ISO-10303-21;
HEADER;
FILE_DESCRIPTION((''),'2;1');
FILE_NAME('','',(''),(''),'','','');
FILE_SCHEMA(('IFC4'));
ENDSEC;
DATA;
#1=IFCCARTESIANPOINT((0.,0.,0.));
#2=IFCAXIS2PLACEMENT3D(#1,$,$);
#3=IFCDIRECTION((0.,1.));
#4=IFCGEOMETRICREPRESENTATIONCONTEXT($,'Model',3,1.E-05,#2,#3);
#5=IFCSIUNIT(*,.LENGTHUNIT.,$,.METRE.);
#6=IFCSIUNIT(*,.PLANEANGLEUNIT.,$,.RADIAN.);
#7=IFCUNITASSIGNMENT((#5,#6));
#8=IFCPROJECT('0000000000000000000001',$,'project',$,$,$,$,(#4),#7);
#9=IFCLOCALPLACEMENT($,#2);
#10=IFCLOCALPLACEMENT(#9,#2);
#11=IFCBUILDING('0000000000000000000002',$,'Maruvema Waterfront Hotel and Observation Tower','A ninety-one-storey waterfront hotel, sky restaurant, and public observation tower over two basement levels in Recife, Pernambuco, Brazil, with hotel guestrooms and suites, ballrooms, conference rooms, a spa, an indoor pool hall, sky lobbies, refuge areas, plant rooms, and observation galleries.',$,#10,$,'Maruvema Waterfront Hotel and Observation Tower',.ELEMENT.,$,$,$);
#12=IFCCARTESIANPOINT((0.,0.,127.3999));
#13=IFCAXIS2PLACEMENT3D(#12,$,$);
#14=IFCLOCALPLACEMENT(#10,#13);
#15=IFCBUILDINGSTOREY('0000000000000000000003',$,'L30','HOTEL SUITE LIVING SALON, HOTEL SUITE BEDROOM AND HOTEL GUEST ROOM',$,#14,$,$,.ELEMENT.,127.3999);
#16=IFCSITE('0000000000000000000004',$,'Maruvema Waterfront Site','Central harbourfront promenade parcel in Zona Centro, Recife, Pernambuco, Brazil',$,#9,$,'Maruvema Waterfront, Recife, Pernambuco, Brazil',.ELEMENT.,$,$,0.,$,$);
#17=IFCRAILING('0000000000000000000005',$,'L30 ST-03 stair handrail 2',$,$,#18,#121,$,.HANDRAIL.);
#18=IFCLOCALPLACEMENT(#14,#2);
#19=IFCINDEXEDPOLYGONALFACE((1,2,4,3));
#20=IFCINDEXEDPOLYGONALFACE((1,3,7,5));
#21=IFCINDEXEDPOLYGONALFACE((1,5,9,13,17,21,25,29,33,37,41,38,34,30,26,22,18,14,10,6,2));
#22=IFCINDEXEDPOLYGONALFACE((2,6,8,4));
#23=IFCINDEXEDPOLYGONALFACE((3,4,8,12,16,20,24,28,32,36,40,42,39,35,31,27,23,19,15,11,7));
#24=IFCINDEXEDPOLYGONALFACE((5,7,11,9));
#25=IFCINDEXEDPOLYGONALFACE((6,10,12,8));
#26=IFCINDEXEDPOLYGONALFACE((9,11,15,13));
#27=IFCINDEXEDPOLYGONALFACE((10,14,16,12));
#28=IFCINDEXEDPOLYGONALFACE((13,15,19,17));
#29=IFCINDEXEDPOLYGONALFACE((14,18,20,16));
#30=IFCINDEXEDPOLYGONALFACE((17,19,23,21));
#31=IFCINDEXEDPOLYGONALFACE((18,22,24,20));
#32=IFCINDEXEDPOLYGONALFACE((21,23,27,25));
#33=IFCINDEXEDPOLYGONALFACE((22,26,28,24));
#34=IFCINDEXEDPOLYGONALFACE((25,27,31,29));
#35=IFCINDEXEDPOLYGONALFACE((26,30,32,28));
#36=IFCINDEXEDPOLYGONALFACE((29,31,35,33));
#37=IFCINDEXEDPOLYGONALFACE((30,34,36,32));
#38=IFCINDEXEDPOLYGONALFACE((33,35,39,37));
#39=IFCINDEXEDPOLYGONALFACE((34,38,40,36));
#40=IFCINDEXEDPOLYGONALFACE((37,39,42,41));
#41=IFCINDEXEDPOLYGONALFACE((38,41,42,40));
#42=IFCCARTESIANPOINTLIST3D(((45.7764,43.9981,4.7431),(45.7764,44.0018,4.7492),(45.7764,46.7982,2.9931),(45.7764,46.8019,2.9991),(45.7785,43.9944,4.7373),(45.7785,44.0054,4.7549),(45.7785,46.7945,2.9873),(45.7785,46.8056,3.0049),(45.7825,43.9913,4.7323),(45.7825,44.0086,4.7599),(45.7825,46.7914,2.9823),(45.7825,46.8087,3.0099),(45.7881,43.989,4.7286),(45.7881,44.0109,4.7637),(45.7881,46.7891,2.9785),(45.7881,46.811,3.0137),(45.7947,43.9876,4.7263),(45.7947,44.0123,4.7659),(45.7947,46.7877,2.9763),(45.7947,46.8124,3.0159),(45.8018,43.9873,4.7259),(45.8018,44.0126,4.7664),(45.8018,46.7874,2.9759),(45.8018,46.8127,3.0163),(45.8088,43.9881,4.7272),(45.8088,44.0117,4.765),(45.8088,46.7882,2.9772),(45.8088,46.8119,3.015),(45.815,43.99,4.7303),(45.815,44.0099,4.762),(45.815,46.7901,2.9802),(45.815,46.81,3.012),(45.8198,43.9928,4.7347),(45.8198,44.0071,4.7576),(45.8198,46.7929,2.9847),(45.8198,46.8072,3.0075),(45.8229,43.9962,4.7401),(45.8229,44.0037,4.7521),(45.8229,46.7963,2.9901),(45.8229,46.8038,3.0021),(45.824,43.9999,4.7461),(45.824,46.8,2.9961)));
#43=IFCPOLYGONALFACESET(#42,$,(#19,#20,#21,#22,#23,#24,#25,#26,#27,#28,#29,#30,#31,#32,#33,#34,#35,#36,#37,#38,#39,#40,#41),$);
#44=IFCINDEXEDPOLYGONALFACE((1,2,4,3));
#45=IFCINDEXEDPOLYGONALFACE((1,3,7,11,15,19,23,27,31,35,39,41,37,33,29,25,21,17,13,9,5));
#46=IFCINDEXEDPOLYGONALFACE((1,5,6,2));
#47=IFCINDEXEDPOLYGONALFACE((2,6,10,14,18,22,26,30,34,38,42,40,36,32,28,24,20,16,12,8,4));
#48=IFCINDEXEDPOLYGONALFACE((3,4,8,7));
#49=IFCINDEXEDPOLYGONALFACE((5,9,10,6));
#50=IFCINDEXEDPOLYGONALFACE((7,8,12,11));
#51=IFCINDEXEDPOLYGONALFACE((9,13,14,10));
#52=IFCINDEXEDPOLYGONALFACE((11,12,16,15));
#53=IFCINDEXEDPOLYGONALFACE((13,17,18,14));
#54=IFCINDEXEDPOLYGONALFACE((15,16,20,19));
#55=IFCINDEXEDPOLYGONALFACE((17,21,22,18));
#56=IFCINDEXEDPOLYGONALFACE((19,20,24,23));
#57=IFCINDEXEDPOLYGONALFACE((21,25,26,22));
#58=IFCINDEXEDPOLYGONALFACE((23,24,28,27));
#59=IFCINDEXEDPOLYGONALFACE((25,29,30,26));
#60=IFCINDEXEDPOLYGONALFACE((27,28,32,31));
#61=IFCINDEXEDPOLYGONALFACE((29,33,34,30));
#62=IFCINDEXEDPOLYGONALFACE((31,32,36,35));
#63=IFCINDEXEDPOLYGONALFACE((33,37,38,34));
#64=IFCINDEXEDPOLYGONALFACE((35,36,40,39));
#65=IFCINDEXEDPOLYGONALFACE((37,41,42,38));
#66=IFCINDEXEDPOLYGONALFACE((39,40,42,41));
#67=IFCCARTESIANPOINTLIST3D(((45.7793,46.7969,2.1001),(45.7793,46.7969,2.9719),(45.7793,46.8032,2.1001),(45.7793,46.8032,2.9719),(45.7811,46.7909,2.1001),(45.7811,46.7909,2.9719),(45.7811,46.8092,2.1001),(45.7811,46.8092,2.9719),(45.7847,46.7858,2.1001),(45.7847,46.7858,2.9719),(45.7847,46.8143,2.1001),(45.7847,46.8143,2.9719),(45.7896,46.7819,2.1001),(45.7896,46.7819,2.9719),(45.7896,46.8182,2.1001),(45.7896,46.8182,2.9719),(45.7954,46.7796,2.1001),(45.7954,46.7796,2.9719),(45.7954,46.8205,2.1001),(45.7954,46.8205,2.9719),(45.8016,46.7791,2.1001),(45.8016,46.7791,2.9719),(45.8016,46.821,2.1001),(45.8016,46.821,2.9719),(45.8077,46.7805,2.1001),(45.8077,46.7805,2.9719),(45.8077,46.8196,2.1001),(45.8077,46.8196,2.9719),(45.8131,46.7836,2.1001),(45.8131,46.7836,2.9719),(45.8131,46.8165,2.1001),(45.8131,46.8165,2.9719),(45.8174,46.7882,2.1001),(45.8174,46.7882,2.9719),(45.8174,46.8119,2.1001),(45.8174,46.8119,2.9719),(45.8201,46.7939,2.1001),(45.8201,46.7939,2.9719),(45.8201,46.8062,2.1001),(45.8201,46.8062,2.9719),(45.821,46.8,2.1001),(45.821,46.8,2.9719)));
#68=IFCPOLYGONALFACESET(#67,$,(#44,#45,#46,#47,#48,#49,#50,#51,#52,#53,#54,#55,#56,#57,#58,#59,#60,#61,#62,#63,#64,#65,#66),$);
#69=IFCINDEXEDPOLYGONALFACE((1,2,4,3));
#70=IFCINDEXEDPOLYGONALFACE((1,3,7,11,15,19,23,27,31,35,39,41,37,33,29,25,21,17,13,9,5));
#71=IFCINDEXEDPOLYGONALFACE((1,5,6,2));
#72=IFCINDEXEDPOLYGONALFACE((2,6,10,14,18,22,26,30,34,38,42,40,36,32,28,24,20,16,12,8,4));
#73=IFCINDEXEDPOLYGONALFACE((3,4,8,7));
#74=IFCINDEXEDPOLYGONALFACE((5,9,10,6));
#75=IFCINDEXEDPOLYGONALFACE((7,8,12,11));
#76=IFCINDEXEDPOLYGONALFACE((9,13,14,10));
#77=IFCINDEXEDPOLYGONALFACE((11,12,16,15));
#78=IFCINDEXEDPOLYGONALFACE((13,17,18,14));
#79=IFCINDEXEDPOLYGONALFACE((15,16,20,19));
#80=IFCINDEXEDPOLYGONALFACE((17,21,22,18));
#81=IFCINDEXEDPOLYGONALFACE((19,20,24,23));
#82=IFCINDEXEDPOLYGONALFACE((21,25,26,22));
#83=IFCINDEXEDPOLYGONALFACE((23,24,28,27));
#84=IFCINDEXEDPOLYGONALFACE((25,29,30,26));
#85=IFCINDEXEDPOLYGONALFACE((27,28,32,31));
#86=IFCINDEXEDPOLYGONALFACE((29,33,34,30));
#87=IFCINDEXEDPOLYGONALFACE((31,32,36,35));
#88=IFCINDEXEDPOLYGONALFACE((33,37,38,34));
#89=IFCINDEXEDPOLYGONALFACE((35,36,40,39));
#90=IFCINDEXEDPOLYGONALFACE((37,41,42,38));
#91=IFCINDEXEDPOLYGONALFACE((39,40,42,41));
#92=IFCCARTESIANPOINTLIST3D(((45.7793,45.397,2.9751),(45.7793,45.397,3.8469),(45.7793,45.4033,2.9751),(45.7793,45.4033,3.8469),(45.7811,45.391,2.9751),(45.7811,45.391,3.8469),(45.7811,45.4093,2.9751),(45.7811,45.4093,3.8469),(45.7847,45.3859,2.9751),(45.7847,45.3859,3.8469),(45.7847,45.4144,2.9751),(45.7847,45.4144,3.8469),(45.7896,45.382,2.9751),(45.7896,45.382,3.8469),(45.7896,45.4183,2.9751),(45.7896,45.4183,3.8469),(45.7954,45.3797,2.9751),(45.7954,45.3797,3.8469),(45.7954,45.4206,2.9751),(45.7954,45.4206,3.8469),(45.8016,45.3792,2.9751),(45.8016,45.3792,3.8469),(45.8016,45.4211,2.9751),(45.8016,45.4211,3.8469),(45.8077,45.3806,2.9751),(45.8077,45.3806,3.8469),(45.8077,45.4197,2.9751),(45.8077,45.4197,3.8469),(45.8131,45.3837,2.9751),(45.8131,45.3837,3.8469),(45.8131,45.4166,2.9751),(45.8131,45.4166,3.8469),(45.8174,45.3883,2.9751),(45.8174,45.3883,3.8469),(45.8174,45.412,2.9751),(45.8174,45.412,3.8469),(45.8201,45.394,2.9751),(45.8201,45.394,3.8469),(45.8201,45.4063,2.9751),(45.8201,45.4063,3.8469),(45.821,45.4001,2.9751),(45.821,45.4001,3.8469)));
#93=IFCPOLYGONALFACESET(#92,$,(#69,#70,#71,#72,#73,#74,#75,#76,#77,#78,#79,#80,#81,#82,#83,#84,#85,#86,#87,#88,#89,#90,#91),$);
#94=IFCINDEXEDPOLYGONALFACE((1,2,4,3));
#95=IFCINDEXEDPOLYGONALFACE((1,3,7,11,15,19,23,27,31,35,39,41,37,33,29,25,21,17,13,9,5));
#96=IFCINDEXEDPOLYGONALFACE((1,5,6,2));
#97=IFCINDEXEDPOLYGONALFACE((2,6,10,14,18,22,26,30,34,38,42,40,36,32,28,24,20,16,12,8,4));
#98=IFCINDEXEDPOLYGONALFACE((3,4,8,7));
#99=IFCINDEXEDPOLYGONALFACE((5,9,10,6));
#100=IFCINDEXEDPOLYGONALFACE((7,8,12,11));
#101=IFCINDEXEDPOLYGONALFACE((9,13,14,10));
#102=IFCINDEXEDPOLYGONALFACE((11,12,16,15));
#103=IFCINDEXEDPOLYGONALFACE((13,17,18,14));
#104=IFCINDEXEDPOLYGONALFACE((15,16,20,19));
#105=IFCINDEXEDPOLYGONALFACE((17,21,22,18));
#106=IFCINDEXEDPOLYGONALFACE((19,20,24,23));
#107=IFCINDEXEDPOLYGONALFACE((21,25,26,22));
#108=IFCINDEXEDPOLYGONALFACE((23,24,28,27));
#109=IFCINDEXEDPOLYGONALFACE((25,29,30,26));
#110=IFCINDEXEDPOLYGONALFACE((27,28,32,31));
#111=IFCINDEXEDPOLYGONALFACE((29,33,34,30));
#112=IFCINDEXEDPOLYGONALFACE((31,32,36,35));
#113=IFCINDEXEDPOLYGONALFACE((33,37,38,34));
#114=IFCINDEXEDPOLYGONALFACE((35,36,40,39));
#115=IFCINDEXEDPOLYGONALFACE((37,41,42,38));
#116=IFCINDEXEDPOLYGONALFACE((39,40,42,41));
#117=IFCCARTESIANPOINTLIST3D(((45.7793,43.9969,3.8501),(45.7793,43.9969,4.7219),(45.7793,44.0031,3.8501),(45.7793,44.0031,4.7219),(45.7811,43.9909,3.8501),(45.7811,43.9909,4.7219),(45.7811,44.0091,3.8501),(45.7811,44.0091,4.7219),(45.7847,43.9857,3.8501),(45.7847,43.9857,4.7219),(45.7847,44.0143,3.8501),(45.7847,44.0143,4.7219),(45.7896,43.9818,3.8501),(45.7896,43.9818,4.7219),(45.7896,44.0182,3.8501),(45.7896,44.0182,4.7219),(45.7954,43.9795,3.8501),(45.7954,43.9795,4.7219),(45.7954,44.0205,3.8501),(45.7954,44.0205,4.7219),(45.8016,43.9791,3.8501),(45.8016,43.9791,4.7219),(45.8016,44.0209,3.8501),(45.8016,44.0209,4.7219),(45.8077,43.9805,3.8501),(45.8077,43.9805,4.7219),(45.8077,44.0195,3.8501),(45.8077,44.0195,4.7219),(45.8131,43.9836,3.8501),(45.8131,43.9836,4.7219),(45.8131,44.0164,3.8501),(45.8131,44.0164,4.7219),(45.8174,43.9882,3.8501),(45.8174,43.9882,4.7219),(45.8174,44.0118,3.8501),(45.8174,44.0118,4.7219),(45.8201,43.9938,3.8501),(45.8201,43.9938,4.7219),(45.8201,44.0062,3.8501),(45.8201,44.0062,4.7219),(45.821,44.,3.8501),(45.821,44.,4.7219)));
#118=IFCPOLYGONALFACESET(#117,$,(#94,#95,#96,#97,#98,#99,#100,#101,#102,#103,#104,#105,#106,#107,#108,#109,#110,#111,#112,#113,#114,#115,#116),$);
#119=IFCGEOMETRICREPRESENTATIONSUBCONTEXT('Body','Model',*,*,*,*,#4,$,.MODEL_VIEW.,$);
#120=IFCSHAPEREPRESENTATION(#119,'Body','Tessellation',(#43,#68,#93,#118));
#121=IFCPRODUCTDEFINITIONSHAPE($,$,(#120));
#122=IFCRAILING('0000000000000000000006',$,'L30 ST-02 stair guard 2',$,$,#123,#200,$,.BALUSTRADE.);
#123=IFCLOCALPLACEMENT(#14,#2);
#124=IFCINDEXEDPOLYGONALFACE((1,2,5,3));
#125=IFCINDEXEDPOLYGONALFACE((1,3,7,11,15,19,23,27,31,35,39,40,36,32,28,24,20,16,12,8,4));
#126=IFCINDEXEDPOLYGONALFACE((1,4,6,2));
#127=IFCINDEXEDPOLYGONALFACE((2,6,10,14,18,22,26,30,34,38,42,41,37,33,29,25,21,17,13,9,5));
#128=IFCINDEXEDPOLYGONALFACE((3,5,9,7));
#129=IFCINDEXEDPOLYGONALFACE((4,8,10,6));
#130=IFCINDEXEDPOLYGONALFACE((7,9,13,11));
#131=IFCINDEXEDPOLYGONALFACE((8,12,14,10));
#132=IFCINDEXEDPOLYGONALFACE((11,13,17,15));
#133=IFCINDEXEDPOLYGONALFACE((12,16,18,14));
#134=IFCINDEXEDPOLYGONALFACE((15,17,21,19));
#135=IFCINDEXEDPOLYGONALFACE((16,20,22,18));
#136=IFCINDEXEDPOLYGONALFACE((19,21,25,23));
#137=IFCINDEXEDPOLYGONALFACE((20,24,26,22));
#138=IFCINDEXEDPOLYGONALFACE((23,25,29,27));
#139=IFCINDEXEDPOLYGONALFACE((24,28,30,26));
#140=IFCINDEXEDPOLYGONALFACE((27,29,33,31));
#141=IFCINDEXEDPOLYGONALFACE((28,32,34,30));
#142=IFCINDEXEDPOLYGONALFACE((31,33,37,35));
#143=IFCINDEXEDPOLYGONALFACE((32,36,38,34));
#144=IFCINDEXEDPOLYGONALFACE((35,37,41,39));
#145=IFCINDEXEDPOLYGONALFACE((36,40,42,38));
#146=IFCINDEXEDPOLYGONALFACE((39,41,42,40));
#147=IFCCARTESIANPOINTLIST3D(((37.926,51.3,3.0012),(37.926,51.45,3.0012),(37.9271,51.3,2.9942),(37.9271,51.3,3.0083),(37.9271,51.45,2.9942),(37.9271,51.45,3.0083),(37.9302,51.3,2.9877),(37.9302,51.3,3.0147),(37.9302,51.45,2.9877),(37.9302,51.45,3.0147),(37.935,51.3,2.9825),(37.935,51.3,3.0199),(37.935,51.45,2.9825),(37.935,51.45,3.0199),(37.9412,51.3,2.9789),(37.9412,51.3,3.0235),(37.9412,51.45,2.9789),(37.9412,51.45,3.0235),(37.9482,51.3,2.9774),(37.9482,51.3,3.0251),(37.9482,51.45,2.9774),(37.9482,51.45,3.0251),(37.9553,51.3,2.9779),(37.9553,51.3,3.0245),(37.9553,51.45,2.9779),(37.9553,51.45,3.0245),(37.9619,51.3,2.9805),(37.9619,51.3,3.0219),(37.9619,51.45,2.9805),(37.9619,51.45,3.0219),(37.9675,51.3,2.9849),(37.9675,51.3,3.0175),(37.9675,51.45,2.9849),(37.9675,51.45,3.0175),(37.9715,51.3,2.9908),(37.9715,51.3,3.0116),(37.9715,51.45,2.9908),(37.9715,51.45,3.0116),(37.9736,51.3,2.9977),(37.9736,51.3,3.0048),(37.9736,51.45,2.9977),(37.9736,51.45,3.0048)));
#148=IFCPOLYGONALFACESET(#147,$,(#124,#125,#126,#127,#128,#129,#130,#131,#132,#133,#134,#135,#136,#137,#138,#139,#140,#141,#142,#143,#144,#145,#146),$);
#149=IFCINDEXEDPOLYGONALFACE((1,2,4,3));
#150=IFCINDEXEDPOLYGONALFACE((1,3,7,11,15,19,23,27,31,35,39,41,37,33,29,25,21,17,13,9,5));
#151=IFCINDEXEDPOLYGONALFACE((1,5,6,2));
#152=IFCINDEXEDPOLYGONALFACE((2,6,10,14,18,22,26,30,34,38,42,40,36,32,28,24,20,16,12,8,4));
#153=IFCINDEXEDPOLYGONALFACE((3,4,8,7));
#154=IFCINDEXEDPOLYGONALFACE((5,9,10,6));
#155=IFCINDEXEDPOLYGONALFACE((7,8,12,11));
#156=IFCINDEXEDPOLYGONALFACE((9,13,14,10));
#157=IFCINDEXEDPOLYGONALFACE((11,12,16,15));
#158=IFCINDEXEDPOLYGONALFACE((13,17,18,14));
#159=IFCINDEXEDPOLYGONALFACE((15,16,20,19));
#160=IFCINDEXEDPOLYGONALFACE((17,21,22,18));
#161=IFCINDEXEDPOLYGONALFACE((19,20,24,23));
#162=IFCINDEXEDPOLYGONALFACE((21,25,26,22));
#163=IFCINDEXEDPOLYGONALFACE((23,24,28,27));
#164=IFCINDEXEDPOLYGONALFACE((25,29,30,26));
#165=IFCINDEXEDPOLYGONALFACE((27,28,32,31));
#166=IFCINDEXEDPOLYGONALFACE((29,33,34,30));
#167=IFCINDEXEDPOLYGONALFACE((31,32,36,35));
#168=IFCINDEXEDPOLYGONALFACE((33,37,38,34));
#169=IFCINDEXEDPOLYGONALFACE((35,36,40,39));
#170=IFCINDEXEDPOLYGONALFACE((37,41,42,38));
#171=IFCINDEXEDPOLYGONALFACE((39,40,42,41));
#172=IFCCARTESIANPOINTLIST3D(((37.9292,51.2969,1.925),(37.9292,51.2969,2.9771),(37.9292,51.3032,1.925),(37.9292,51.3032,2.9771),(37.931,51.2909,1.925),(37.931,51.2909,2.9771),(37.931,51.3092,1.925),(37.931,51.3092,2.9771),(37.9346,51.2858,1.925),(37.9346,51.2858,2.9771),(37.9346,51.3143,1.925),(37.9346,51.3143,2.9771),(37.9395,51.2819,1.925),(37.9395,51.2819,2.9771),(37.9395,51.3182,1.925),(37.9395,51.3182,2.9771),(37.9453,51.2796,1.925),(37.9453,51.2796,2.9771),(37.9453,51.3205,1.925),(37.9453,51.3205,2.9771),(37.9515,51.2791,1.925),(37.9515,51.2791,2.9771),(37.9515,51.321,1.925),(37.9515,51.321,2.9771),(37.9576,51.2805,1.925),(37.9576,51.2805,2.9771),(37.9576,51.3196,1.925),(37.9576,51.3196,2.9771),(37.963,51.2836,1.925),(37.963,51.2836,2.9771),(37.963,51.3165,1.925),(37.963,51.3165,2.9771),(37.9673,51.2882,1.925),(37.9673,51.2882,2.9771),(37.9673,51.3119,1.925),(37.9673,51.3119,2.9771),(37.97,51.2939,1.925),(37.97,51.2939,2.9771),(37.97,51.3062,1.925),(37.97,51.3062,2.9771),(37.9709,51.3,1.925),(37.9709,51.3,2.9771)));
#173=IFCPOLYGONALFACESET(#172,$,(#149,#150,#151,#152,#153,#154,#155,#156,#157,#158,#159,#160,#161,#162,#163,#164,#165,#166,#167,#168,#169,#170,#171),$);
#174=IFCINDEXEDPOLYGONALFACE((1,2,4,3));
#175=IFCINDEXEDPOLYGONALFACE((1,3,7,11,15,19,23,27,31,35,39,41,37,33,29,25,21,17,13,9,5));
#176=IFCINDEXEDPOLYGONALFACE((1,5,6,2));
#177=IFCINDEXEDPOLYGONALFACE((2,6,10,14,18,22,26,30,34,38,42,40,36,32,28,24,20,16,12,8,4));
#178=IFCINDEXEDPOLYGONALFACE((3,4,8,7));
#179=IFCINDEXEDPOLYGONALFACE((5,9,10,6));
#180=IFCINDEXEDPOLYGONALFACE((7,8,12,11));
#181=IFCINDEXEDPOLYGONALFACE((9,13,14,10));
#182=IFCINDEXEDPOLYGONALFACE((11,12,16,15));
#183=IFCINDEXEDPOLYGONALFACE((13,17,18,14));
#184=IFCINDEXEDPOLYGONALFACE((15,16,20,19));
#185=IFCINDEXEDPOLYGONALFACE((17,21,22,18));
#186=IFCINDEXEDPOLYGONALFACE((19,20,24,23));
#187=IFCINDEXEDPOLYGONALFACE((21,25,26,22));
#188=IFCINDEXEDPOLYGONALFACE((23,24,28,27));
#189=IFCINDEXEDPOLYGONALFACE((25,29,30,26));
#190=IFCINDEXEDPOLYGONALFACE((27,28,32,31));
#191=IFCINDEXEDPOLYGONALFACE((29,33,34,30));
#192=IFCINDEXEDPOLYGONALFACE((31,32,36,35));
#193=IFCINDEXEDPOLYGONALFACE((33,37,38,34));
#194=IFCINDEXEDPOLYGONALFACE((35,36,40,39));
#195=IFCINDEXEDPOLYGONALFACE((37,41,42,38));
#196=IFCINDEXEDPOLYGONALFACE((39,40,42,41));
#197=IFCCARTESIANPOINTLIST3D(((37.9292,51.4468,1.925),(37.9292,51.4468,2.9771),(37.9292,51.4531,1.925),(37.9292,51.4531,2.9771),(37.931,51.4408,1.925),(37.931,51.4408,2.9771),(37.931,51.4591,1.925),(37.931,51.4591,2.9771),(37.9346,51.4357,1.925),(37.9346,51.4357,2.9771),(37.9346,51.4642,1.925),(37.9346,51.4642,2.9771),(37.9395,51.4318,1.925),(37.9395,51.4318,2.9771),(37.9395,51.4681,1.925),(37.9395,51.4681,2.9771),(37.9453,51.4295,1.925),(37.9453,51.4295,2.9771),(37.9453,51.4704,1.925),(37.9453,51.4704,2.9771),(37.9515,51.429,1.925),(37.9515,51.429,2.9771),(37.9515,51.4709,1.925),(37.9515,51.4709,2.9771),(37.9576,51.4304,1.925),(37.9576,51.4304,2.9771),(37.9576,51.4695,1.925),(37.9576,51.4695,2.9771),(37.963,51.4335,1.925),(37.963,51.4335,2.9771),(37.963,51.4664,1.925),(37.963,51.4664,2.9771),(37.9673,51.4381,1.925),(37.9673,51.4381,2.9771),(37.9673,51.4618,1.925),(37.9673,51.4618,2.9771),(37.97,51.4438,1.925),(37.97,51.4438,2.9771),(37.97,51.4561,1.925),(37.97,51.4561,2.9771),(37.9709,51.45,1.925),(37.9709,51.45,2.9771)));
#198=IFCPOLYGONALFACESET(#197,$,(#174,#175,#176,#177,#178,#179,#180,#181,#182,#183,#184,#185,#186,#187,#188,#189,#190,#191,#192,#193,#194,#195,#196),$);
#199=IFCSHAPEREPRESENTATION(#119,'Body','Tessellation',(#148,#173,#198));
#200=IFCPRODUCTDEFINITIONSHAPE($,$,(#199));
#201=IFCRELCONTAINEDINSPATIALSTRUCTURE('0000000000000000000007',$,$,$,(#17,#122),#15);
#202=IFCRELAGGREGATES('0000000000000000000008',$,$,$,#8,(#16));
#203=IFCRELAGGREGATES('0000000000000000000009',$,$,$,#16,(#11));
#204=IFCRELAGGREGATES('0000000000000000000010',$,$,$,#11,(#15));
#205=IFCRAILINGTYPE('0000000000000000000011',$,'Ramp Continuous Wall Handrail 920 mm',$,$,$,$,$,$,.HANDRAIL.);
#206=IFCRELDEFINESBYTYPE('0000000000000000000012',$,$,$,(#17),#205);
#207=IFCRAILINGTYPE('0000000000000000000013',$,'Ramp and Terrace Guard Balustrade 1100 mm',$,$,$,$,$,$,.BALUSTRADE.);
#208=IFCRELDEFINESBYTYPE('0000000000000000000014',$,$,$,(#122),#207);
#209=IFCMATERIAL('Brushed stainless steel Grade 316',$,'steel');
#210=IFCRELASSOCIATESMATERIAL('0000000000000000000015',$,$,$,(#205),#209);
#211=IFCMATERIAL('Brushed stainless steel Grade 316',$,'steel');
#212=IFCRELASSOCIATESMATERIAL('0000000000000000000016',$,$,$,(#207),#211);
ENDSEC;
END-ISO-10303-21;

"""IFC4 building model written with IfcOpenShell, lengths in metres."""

from ifc_helpers import new_model, si_unit, direction, frame, origin, origin_2d, place, context, subcontext, project, spatial, circle, extrude, material, type_object, element, save


model = new_model("IFC4")

# Units and contexts
model_context = context("Model", 3, precision=1e-05, world=origin(), true_north=direction((0.0, 1.0)))
body_context = subcontext(model_context, "Body", "Model", "MODEL_VIEW")
ifc_project = project(units=[si_unit("LENGTHUNIT", "METRE"), si_unit("PLANEANGLEUNIT", "RADIAN")], contexts=[model_context])

# Site, building, storey
site_placement = place(None, origin())
site = spatial("IfcSite", under=ifc_project, at=site_placement, Name="Maruvema Waterfront Site", Description="Central harbourfront promenade parcel in Zona Centro, Recife, Pernambuco, Brazil", LongName="Maruvema Waterfront, Recife, Pernambuco, Brazil", CompositionType="ELEMENT", RefElevation=0.0)
building_placement = place(site_placement, origin())
building = spatial("IfcBuilding", under=site, at=building_placement, Name="Maruvema Waterfront Hotel and Observation Tower", Description="A ninety-one-storey waterfront hotel, sky restaurant, and public observation tower over two basement levels in Recife, Pernambuco, Brazil, with hotel guestrooms and suites, ballrooms, conference rooms, a spa, an indoor pool hall, sky lobbies, refuge areas, plant rooms, and observation galleries.", LongName="Maruvema Waterfront Hotel and Observation Tower", CompositionType="ELEMENT")
storey_placement = place(building_placement, frame((0.0, 0.0, 127.3999)))
storey = spatial("IfcBuildingStorey", under=building, at=storey_placement, Name="L30", Description="HOTEL SUITE LIVING SALON, HOTEL SUITE BEDROOM AND HOTEL GUEST ROOM", CompositionType="ELEMENT", Elevation=127.3999)

# Railings
ifc_material_1 = material(Name="Brushed stainless steel Grade 316", Category="steel")
railing_type_1 = type_object("IfcRailingType", Name="Ramp Continuous Wall Handrail 920 mm", PredefinedType="HANDRAIL", material=ifc_material_1)
railing_1_placement = place(storey_placement, frame((45.8, 46.8, 2.1001)))
element("IfcRailing", 1, at=railing_1_placement, inside=storey, type_object=railing_type_1, Name="L30 ST-03 stair handrail 2", PredefinedType="HANDRAIL", context=body_context, shape_type="SweptSolid", body=[
    extrude(circle(Radius=0.0239, at=origin_2d()), frame((0.0, 0.0, 0.896), z_axis=(0.0, -0.848002, 0.529992), x_axis=(1.0, 0.0, 0.0)), (0.0, 0.0, 1.0), 3.302),
    extrude(circle(Radius=0.021, at=origin_2d()), origin(), (0.0, 0.0, 1.0), 0.8718),
    extrude(circle(Radius=0.021, at=origin_2d()), frame((0.0, -1.3999, 0.875)), (0.0, 0.0, 1.0), 0.8718),
    extrude(circle(Radius=0.021, at=origin_2d()), frame((0.0, -2.8, 1.75)), (0.0, 0.0, 1.0), 0.8718),
])
ifc_material_2 = material(Name="Brushed stainless steel Grade 316", Category="steel")
railing_type_2 = type_object("IfcRailingType", Name="Ramp and Terrace Guard Balustrade 1100 mm", PredefinedType="BALUSTRADE", material=ifc_material_2)
railing_2_placement = place(storey_placement, frame((37.95, 51.3, 1.925)))
element("IfcRailing", 2, at=railing_2_placement, inside=storey, type_object=railing_type_2, Name="L30 ST-02 stair guard 2", PredefinedType="BALUSTRADE", context=body_context, shape_type="SweptSolid", body=[
    extrude(circle(Radius=0.0239, at=origin_2d()), frame((0.0, 0.0, 1.0762), z_axis=(0.0, 1.0, 0.0), x_axis=(-1.0, 0.0, 0.0)), (0.0, 0.0, 1.0), 0.1499),
    extrude(circle(Radius=0.021, at=origin_2d()), origin(), (0.0, 0.0, 1.0), 1.052),
    extrude(circle(Radius=0.021, at=origin_2d()), frame((0.0, 0.1499, 0.0)), (0.0, 0.0, 1.0), 1.052),
])

save(model, "model.ifc")
